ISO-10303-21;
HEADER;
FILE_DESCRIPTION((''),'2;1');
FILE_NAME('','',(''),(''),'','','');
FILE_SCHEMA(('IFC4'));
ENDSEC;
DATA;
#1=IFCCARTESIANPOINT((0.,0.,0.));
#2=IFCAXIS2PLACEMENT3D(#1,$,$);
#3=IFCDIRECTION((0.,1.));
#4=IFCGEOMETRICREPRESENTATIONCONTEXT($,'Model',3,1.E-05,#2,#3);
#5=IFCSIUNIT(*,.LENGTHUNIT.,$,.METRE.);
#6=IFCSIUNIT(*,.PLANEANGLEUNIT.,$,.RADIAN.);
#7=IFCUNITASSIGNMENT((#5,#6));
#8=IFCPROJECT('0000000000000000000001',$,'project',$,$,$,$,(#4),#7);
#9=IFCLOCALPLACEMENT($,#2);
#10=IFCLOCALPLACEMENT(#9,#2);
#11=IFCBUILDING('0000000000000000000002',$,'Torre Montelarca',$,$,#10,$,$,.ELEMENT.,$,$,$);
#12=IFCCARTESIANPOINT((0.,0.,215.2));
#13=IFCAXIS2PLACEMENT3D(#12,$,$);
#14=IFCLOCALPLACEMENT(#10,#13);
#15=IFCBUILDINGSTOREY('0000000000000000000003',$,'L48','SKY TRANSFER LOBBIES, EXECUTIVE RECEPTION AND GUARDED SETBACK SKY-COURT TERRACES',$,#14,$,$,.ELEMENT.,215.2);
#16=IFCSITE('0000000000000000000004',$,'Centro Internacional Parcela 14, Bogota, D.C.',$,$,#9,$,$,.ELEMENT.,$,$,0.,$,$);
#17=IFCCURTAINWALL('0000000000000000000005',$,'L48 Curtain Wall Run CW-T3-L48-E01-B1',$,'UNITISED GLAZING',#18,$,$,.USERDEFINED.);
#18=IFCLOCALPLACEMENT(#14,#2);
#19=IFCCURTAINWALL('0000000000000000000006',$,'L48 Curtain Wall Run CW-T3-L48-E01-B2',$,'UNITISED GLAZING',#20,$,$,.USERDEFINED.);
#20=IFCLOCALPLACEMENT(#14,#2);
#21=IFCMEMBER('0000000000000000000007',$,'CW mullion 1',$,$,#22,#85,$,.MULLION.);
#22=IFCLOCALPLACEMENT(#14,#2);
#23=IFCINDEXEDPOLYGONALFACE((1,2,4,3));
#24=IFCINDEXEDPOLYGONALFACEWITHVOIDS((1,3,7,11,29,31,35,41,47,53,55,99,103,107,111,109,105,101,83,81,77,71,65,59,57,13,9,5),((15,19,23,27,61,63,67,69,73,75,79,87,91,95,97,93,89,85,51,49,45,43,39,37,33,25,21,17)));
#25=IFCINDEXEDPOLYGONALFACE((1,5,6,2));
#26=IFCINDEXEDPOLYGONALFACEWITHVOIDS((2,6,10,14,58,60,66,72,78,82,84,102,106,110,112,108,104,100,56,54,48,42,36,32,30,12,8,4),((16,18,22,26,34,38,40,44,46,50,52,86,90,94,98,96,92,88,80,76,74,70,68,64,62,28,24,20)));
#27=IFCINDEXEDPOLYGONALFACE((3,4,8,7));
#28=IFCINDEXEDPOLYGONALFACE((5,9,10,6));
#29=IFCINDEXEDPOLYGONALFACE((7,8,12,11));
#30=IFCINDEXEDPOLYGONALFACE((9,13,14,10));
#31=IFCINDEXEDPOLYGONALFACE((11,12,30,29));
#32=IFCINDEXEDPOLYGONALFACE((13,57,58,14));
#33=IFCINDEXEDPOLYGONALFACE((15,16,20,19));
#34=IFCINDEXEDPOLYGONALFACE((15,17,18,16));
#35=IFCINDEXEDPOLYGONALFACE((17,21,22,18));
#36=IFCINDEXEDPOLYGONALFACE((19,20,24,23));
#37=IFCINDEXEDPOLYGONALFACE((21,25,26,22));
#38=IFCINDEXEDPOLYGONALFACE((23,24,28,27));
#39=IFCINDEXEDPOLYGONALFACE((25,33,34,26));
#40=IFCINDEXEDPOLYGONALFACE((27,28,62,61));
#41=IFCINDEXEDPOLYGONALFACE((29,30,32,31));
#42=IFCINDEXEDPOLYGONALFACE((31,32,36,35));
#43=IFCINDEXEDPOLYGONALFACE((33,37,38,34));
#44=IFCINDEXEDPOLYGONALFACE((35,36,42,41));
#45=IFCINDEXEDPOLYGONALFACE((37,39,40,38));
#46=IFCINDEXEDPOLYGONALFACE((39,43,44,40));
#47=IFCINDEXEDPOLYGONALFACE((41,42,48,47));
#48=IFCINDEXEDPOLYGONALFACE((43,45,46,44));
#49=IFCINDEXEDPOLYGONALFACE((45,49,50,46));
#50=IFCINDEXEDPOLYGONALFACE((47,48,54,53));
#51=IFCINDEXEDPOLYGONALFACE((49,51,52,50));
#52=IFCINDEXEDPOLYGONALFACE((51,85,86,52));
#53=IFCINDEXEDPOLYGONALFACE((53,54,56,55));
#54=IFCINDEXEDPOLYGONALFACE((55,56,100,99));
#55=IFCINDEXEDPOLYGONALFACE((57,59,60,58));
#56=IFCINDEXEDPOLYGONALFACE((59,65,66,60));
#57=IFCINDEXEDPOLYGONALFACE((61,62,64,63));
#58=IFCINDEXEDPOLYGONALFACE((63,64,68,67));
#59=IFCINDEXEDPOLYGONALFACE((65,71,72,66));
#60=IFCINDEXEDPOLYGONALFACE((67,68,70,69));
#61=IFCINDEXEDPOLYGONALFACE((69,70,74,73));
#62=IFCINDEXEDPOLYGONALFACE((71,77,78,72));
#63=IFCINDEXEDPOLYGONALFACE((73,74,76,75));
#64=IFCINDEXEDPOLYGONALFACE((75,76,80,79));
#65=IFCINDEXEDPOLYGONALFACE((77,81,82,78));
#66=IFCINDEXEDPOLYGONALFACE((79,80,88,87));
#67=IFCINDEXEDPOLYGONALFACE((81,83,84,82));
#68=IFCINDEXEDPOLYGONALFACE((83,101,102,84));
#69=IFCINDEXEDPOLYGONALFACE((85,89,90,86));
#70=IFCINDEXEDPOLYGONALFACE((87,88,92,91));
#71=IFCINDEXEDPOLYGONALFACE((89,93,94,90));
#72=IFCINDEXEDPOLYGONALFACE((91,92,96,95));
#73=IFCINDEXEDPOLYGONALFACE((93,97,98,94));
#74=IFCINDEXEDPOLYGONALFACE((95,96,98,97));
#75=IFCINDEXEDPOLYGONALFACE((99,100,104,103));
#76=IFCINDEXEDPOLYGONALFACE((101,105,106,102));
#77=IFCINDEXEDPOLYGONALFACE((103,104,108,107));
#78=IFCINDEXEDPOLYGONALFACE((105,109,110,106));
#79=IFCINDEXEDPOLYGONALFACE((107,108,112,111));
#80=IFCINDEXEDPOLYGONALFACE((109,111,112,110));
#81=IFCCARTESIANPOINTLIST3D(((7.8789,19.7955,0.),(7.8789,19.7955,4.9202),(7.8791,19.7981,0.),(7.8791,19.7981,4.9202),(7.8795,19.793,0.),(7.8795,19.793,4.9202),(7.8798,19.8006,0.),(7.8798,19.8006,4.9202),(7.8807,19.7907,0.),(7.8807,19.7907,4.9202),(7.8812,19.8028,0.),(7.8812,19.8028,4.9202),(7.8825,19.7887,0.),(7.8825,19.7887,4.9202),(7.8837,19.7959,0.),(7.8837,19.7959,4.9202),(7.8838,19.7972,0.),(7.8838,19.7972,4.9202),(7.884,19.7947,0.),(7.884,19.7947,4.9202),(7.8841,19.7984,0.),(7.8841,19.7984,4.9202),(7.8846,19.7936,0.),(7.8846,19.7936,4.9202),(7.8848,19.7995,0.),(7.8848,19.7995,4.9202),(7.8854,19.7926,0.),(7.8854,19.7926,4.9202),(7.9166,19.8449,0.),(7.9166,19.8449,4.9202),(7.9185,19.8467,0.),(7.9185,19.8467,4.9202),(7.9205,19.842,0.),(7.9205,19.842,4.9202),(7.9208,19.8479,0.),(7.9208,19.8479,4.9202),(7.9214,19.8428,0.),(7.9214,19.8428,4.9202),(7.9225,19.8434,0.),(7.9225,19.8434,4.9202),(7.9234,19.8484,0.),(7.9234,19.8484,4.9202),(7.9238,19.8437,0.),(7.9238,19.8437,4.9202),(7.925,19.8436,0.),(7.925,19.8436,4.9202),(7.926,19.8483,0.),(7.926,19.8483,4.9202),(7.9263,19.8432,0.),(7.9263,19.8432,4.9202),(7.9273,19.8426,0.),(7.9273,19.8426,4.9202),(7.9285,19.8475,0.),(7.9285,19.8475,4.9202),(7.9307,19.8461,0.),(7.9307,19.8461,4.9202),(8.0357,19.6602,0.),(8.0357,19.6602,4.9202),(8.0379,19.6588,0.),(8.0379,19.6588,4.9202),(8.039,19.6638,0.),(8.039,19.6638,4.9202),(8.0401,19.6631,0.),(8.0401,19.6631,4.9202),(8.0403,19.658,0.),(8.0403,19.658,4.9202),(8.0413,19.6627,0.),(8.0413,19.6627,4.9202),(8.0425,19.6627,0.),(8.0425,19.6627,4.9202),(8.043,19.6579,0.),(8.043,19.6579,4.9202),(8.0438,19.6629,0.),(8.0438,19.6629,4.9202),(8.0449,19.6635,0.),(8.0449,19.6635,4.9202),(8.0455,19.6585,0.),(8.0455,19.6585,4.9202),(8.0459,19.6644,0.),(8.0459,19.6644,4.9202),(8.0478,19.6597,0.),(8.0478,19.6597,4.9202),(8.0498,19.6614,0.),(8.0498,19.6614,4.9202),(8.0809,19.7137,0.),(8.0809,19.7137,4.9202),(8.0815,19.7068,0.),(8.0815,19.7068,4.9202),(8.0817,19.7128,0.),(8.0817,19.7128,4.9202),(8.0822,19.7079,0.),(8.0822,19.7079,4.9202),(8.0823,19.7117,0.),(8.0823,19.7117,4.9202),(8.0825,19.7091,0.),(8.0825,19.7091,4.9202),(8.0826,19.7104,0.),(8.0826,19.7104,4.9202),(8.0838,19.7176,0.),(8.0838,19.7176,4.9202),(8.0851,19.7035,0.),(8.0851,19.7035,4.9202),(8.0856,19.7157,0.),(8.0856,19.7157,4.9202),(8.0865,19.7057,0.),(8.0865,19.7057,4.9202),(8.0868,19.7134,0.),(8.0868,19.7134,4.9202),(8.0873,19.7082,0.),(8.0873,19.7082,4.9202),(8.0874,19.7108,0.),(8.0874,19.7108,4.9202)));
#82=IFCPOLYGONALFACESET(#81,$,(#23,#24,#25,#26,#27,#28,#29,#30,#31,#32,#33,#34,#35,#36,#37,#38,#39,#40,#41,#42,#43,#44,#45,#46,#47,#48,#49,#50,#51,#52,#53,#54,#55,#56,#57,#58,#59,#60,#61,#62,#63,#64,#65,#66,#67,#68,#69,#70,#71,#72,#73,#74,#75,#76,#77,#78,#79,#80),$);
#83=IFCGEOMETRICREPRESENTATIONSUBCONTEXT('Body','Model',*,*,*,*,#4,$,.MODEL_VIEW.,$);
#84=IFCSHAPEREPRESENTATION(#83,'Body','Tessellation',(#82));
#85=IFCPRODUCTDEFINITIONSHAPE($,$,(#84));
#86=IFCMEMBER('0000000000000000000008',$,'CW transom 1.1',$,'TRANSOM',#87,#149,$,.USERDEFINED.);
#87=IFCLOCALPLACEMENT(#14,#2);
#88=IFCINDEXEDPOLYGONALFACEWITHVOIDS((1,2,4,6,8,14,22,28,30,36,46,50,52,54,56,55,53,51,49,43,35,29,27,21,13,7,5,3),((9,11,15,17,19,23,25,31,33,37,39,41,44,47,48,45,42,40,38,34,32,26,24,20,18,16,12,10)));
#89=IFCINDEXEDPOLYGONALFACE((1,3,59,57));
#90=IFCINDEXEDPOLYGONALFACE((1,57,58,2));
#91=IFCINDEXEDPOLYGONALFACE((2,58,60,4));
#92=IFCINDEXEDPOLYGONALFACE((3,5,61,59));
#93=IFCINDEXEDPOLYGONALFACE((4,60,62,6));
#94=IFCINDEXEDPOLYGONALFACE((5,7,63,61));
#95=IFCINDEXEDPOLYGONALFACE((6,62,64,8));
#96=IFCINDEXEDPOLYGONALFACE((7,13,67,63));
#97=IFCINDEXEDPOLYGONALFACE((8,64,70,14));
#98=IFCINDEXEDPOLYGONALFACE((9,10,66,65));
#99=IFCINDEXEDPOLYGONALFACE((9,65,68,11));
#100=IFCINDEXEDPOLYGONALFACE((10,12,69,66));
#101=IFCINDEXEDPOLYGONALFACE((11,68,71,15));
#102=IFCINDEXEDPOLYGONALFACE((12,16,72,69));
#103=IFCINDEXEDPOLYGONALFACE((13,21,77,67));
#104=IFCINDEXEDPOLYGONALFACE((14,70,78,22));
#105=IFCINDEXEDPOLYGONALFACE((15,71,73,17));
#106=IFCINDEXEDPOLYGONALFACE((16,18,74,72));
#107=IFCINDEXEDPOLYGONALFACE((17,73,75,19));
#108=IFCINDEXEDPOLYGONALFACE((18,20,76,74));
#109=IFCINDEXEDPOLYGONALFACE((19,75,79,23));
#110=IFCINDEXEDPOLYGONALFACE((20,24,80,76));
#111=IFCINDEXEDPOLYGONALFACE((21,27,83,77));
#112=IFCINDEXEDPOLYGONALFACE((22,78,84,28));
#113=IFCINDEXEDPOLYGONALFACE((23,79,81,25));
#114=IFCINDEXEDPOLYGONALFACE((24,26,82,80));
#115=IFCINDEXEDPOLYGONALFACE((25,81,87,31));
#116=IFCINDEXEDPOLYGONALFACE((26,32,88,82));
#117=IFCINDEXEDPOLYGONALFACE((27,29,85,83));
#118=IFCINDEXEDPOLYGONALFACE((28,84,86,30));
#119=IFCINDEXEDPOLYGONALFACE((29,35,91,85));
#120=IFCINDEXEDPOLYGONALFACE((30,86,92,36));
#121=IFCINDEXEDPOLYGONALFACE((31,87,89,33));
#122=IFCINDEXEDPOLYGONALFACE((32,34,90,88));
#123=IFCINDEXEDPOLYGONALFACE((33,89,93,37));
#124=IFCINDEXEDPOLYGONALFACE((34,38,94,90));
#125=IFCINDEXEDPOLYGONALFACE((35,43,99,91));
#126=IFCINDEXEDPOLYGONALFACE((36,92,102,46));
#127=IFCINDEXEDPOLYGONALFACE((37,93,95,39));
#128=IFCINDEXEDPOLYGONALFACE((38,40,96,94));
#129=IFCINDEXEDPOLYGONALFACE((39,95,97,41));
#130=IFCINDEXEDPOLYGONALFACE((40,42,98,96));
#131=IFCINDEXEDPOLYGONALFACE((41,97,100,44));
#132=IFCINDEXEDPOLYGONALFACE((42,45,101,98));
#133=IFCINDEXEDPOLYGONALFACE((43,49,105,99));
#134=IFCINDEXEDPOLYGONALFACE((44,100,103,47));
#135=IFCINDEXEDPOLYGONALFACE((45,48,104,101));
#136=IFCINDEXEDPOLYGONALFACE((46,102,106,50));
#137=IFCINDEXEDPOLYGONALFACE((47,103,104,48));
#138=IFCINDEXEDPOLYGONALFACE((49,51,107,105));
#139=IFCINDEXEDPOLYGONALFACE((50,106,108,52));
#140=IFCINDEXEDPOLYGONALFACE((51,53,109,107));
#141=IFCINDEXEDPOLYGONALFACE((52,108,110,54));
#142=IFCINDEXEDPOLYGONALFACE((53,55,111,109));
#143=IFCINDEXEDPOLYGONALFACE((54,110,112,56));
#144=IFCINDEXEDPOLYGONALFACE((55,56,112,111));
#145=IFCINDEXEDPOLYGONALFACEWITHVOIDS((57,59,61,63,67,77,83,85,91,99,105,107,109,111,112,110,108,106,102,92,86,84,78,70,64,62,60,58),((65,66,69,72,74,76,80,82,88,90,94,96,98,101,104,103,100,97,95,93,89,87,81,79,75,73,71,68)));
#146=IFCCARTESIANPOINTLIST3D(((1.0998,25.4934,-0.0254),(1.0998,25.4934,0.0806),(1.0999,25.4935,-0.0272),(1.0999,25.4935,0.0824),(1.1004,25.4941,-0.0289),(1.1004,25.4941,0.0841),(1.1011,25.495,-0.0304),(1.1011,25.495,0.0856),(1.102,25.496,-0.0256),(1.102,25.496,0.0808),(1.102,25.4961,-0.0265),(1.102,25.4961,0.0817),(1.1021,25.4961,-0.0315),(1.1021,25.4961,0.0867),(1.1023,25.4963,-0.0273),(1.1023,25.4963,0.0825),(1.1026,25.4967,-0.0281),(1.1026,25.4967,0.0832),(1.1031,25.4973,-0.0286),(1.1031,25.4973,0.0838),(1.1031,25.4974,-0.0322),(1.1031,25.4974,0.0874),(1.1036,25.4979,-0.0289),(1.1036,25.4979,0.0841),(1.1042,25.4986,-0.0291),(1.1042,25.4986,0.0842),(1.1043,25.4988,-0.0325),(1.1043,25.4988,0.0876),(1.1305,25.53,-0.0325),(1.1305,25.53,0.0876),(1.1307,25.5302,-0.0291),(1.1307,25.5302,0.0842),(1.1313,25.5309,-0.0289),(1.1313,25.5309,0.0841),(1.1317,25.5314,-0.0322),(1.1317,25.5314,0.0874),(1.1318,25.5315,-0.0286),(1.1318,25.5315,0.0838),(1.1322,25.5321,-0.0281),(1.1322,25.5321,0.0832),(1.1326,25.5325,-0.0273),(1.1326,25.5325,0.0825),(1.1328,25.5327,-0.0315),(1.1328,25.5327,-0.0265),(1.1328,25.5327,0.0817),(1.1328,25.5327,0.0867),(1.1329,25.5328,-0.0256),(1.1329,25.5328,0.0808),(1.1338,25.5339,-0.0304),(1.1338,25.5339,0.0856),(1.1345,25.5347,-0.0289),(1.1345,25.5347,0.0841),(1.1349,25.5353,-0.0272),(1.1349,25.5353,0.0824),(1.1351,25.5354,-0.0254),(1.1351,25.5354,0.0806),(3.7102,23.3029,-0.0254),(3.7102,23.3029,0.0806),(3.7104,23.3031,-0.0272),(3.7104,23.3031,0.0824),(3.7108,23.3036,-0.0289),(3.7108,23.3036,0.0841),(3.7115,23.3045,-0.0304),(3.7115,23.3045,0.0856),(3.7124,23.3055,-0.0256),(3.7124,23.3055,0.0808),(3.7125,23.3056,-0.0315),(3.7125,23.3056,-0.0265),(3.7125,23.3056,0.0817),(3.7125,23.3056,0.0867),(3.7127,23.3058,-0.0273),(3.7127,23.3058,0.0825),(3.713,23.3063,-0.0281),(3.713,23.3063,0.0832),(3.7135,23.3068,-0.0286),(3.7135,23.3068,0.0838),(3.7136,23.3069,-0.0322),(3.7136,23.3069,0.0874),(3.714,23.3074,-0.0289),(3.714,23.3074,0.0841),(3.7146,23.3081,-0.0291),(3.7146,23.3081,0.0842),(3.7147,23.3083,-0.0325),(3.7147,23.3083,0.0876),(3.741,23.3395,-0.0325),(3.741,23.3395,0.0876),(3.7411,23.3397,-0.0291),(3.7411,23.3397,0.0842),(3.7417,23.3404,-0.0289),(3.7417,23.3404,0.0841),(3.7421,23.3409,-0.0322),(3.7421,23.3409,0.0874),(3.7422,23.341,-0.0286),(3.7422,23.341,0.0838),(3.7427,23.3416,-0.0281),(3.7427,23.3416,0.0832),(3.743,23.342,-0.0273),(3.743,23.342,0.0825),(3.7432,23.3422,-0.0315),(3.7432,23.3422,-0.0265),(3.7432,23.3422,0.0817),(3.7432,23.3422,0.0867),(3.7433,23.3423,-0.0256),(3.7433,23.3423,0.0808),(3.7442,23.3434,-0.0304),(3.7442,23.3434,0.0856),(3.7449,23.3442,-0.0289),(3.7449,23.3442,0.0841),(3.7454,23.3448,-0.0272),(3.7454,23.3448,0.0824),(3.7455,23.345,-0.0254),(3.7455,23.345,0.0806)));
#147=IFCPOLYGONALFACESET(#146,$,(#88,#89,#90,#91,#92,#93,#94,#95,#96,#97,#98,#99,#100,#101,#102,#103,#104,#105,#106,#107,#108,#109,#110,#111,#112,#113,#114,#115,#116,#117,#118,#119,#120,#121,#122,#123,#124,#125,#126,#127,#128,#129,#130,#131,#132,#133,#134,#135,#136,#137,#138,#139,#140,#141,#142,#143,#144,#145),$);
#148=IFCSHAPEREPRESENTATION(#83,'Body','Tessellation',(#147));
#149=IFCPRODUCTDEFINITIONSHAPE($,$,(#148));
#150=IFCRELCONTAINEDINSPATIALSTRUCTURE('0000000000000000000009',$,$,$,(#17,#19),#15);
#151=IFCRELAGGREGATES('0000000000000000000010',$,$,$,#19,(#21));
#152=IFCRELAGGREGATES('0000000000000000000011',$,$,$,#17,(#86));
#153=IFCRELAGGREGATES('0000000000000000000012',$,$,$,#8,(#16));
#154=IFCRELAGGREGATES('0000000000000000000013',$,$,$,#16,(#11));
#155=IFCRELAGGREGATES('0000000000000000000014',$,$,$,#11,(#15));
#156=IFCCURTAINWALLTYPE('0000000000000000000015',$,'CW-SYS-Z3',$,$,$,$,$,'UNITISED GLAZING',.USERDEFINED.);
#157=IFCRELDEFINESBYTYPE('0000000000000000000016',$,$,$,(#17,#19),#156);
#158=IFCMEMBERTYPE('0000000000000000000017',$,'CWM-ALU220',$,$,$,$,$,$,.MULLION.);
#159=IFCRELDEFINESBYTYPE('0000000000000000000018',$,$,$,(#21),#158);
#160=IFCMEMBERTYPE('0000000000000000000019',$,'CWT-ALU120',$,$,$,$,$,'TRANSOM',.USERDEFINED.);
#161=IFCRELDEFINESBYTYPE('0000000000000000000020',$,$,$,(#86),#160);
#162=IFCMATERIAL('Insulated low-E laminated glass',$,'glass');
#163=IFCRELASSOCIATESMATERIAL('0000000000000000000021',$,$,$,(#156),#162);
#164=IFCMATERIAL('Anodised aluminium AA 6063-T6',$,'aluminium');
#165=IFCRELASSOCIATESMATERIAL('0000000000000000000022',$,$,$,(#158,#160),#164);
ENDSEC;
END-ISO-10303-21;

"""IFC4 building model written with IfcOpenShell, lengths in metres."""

from ifc_helpers import new_model, si_unit, direction, frame, origin, origin_2d, place, context, subcontext, project, spatial, hollow_rectangle, extrude, source, transform, mapped, material, material_profile, profile_set, type_object, element, aggregate, save


model = new_model("IFC4")

# Units and contexts
model_context = context("Model", 3, precision=1e-05, world=origin(), true_north=direction((0.0, 1.0)))
body_context = subcontext(model_context, "Body", "Model", "MODEL_VIEW")
ifc_project = project(units=[si_unit("LENGTHUNIT", "METRE"), si_unit("PLANEANGLEUNIT", "RADIAN")], contexts=[model_context])

# Site, building, storey
site_placement = place(None, origin())
site = spatial("IfcSite", under=ifc_project, at=site_placement, Name="Centro Internacional Parcela 14, Bogota, D.C.", CompositionType="ELEMENT", RefElevation=0.0)
building_placement = place(site_placement, origin())
building = spatial("IfcBuilding", under=site, at=building_placement, Name="Torre Montelarca", CompositionType="ELEMENT")
storey_placement = place(building_placement, frame((0.0, 0.0, 215.2)))
storey = spatial("IfcBuildingStorey", under=building, at=storey_placement, Name="L48", Description="SKY TRANSFER LOBBIES, EXECUTIVE RECEPTION AND GUARDED SETBACK SKY-COURT TERRACES", CompositionType="ELEMENT", Elevation=215.2)

# Curtain wall
ifc_material_1 = material(Name="Insulated low-E laminated glass", Category="glass")
curtain_wall_type = type_object("IfcCurtainWallType", Name="CW-SYS-Z3", ElementType="UNITISED GLAZING", PredefinedType="USERDEFINED", material=ifc_material_1)
curtain_wall_1_placement = place(storey_placement, origin())
curtain_wall_1 = element("IfcCurtainWall", 1, at=curtain_wall_1_placement, inside=storey, type_object=curtain_wall_type, Name="L48 Curtain Wall Run CW-T3-L48-E01-B1", ObjectType="UNITISED GLAZING", PredefinedType="USERDEFINED")
ifc_material_2 = material(Name="Anodised aluminium AA 6063-T6", Category="aluminium")
ifc_material_profile_1 = material_profile(ifc_material_2, hollow_rectangle(XDim=0.075, YDim=0.22, WallThickness=0.0049, InnerFilletRadius=0.0049, OuterFilletRadius=0.01, at=origin_2d()), Name="ALU75X220X5", Category="aluminium")
ifc_profile_set_1 = profile_set([ifc_material_profile_1], Name="Anodised aluminium AA 6063-T6")
member_type_1 = type_object("IfcMemberType", Name="CWM-ALU220", PredefinedType="MULLION", material=ifc_profile_set_1)
shared_shape_1 = source(origin(), body_context, "Body", "SweptSolid", [
    extrude(hollow_rectangle(XDim=0.075, YDim=0.22, WallThickness=0.0049, InnerFilletRadius=0.0049, OuterFilletRadius=0.01, at=origin_2d()), origin(), (0.0, 0.0, 1.0), 4.9202),
])

# Curtain wall, member
curtain_wall_2_placement = place(storey_placement, origin())
curtain_wall_2 = element("IfcCurtainWall", 2, at=curtain_wall_2_placement, inside=storey, type_object=curtain_wall_type, Name="L48 Curtain Wall Run CW-T3-L48-E01-B2", ObjectType="UNITISED GLAZING", PredefinedType="USERDEFINED")
member_1_placement = place(storey_placement, frame((7.9832, 19.7532, 0.0), z_axis=(0.0, 0.0, 1.0), x_axis=(0.642786, 0.766046, 0.0)))
member_1 = element("IfcMember", 3, at=member_1_placement, type_object=member_type_1, Name="CW mullion 1", PredefinedType="MULLION", context=body_context, shape_type="MappedRepresentation", body=[
    mapped(shared_shape_1, transform((0.0, 0.0, 0.0), scale=1.0)),
])

# Member
ifc_material_profile_2 = material_profile(ifc_material_2, hollow_rectangle(XDim=0.0549, YDim=0.1201, WallThickness=0.0034, InnerFilletRadius=0.0034, OuterFilletRadius=0.0071, at=origin_2d()), Name="ALU55X120X3.5", Category="aluminium")
ifc_profile_set_2 = profile_set([ifc_material_profile_2], Name="Anodised aluminium AA 6063-T6")
member_type_2 = type_object("IfcMemberType", Name="CWT-ALU120", ElementType="TRANSOM", PredefinedType="USERDEFINED", material=ifc_profile_set_2)
shared_shape_2 = source(origin(), body_context, "Body", "SweptSolid", [
    extrude(hollow_rectangle(XDim=0.0549, YDim=0.1201, WallThickness=0.0034, InnerFilletRadius=0.0034, OuterFilletRadius=0.0071, at=origin_2d()), origin(), (0.0, 0.0, 1.0), 3.4077),
])
member_2_placement = place(storey_placement, frame((1.1174, 25.5144, 0.0276), z_axis=(0.766032, -0.642802, 0.0), x_axis=(0.642802, 0.766032, 0.0)))
member_2 = element("IfcMember", 4, at=member_2_placement, type_object=member_type_2, Name="CW transom 1.1", ObjectType="TRANSOM", PredefinedType="USERDEFINED", context=body_context, shape_type="MappedRepresentation", body=[
    mapped(shared_shape_2, transform((0.0, 0.0, 0.0), scale=1.0)),
])
aggregate(curtain_wall_2, [member_1])

aggregate(curtain_wall_1, [member_2])

save(model, "model.ifc")
